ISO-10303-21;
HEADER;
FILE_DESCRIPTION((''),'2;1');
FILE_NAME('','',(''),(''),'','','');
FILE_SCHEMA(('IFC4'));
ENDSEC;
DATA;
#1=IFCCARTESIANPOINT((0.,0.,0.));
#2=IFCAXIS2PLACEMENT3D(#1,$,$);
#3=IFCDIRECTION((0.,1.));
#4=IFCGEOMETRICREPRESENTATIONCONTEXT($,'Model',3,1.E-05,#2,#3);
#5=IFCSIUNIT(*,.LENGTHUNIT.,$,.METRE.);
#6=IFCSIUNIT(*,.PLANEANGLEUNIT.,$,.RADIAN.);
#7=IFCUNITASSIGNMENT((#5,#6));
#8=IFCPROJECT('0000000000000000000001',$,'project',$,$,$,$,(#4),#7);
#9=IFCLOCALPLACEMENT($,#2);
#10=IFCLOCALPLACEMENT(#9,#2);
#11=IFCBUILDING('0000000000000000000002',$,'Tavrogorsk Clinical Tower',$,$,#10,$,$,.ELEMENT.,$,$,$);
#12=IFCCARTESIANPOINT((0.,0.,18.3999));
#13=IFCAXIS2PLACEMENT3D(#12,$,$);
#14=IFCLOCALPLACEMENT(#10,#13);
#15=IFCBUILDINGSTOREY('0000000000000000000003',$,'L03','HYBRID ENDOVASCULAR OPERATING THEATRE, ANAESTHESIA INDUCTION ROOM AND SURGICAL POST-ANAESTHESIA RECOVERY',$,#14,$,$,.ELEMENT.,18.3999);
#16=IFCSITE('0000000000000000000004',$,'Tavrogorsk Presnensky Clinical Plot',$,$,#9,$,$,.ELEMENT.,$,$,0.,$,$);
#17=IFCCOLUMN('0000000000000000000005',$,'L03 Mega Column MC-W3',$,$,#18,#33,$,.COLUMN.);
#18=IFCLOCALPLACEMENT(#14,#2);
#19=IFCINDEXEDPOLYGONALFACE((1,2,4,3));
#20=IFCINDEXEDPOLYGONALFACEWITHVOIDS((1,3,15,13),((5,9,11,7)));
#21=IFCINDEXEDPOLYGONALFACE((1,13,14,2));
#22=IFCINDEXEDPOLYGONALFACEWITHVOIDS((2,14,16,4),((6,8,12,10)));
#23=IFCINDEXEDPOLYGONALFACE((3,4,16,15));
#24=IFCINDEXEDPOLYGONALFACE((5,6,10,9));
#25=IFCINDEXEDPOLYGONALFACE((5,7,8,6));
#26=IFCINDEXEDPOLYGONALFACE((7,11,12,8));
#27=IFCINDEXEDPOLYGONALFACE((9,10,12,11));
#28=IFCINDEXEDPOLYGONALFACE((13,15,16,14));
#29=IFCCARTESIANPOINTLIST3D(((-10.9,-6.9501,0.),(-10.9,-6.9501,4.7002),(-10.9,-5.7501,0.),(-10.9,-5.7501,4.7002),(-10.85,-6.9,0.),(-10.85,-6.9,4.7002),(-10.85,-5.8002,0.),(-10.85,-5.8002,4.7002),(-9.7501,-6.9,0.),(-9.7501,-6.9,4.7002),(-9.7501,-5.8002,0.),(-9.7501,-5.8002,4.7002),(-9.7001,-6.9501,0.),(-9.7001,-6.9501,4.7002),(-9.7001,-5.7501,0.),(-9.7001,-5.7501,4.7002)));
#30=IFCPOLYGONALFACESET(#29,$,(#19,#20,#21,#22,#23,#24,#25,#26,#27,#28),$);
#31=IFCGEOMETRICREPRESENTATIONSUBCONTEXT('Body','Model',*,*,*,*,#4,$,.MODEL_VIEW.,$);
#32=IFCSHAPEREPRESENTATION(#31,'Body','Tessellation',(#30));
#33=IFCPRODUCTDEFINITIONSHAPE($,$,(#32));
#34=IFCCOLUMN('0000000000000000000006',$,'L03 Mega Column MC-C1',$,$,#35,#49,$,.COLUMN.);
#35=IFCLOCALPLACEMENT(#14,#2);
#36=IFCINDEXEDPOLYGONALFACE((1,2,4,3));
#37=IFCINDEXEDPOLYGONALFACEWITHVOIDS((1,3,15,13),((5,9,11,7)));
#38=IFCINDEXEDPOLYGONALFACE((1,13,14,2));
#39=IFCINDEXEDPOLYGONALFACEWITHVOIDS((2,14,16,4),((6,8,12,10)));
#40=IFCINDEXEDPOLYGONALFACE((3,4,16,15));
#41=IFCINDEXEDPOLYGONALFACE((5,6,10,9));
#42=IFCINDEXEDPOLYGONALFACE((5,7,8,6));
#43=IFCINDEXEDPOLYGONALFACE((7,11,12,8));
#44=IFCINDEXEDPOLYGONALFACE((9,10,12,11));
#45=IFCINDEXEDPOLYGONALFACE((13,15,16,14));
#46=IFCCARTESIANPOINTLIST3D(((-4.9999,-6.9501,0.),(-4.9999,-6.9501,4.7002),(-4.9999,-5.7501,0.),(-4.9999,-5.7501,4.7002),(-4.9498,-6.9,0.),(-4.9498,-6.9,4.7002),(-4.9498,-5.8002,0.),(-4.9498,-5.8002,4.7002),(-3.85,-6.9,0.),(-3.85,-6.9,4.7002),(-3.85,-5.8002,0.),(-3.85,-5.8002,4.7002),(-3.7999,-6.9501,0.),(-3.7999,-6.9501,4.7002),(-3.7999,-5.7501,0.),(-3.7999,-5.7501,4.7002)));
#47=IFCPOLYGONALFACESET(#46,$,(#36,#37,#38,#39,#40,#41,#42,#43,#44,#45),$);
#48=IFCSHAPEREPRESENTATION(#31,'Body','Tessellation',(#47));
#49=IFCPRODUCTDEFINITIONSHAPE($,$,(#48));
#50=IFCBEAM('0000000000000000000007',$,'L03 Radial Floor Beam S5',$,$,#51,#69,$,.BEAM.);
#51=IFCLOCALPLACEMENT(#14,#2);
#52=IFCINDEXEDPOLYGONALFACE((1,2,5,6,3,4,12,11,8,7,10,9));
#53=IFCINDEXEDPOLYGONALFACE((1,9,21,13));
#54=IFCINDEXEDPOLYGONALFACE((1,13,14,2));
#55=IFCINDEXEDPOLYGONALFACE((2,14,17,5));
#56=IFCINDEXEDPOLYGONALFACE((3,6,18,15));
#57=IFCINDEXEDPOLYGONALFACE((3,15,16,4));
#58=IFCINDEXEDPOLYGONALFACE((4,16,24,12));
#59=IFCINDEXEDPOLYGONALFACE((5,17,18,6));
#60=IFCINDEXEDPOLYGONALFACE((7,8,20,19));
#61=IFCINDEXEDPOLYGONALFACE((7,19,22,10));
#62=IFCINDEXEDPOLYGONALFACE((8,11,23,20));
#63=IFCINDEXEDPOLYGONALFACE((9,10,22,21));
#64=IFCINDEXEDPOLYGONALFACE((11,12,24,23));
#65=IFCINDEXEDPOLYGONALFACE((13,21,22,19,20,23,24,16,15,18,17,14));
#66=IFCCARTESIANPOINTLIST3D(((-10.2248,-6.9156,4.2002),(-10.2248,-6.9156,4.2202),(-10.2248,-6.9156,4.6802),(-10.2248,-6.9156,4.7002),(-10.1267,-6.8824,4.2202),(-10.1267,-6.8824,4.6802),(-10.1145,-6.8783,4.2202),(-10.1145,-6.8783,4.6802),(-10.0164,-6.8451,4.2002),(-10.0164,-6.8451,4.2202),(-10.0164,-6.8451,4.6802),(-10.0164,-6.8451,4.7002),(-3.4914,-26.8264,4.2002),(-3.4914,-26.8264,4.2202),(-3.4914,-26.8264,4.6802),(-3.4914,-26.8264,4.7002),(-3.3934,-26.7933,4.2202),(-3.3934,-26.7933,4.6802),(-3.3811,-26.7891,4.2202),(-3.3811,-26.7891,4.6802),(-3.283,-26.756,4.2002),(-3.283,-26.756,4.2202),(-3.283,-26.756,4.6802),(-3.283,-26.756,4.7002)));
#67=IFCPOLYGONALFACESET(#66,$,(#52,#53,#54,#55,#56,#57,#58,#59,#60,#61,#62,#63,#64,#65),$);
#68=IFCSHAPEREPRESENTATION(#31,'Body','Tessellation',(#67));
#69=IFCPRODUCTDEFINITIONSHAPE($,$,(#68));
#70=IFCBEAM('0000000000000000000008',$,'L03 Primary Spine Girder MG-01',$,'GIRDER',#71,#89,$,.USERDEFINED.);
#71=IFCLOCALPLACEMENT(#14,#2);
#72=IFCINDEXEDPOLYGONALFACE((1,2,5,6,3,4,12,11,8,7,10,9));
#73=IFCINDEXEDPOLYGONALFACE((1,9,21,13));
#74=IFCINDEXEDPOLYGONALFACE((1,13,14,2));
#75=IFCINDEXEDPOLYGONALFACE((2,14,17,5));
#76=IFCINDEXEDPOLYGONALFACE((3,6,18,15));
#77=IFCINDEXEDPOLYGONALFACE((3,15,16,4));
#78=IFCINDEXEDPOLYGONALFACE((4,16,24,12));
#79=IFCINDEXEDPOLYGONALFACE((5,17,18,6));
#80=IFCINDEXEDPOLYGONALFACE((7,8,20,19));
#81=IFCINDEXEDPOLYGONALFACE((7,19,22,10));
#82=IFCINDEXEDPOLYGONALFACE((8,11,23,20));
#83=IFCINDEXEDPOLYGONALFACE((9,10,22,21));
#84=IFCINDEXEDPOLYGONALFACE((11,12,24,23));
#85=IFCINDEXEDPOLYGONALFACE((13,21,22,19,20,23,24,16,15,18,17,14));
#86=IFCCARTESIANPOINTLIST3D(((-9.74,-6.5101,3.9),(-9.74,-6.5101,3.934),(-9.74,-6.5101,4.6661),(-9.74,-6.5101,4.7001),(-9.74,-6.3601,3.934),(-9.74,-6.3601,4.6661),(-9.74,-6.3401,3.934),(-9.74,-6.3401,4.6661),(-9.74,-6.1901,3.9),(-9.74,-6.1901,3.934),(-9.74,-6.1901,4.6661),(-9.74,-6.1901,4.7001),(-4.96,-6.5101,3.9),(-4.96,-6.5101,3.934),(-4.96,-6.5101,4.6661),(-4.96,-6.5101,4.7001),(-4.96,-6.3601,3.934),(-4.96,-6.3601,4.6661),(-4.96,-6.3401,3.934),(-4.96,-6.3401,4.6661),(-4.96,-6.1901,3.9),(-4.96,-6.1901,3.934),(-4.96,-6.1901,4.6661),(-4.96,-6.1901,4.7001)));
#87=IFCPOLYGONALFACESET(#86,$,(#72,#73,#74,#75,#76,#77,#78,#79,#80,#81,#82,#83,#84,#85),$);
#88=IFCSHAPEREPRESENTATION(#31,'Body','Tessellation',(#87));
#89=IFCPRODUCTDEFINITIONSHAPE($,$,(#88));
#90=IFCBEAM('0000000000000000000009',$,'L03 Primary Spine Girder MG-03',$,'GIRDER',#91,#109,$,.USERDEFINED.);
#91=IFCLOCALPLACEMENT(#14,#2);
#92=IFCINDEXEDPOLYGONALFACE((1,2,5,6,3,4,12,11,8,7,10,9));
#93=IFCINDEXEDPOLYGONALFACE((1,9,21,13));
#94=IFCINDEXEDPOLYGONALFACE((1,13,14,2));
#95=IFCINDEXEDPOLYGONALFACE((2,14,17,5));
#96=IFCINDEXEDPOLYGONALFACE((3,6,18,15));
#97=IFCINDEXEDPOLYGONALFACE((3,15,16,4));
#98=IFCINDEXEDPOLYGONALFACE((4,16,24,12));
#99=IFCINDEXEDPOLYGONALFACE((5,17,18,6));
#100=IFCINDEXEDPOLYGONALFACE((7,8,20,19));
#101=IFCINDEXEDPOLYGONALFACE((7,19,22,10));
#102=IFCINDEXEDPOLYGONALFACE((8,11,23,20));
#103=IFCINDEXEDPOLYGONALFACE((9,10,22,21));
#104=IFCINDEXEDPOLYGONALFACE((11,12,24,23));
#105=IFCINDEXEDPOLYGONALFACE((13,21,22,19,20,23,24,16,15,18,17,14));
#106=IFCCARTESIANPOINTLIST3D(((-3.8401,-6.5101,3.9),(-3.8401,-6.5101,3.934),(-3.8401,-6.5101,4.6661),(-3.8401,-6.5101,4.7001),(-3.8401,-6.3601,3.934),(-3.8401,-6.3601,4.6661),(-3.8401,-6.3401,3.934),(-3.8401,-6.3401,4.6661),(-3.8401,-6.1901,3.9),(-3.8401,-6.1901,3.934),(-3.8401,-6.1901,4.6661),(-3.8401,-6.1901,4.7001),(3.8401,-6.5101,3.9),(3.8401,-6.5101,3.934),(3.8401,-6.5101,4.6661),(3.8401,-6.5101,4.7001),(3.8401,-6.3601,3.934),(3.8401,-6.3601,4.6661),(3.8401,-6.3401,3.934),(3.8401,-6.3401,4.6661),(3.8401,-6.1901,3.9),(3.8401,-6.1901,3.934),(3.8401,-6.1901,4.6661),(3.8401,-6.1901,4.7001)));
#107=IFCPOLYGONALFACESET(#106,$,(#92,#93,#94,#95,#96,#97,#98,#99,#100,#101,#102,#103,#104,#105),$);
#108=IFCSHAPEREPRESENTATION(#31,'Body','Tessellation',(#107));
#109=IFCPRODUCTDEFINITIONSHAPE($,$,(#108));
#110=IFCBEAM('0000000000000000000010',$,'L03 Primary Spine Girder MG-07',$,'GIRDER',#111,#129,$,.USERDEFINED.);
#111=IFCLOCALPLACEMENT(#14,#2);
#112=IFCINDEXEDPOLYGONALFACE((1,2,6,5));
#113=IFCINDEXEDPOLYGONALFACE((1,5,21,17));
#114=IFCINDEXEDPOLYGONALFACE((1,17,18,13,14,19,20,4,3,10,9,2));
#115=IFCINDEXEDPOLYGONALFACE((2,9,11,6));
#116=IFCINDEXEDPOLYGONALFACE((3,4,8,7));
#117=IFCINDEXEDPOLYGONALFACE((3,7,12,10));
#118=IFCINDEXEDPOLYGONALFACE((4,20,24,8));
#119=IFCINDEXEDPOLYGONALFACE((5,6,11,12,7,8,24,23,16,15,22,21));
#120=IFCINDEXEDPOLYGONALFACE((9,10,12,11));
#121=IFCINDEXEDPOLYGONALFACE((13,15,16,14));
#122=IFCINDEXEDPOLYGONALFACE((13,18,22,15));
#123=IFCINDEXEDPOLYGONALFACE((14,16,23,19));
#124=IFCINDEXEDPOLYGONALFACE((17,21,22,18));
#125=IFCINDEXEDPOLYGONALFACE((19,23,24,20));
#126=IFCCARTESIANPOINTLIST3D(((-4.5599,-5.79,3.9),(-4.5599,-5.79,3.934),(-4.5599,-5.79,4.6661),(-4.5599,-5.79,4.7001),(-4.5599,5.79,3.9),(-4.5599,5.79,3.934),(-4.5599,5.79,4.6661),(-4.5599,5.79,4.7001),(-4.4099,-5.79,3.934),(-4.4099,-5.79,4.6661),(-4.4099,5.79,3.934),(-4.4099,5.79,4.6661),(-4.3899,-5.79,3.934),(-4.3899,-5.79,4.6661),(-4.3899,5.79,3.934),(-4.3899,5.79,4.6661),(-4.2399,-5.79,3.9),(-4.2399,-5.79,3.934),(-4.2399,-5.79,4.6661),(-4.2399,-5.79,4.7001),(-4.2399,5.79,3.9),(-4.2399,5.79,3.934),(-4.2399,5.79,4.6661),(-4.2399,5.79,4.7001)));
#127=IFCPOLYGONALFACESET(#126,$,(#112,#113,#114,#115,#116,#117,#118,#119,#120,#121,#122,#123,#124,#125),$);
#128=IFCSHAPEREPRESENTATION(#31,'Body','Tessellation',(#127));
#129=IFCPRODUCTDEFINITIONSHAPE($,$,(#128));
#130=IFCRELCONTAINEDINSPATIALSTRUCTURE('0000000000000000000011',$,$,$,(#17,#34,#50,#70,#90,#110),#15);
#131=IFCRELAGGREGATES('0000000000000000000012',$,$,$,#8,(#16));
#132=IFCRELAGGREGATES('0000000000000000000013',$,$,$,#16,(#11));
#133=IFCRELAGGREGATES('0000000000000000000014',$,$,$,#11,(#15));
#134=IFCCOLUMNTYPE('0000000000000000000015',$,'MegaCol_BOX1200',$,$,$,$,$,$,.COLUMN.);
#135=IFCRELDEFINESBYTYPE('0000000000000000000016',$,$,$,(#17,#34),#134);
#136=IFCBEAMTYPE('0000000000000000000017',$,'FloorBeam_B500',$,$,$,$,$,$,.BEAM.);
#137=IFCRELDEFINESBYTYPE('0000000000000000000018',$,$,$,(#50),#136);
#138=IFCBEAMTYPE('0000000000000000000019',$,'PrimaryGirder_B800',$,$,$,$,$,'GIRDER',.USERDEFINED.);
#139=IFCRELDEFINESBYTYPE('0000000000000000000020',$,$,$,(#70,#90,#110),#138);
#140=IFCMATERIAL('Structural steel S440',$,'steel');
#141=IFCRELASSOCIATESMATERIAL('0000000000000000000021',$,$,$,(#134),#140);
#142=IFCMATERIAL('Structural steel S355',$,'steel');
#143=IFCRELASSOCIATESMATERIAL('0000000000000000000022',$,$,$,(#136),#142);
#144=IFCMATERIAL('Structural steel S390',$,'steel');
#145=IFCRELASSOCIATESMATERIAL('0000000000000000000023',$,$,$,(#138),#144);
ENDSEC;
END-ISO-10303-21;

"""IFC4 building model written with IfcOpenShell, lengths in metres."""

from ifc_helpers import new_model, si_unit, direction, frame, origin, origin_2d, place, context, subcontext, project, spatial, hollow_rectangle, i_section, extrude, material, material_profile, profile_set, type_object, element, save


model = new_model("IFC4")

# Units and contexts
model_context = context("Model", 3, precision=1e-05, world=origin(), true_north=direction((0.0, 1.0)))
body_context = subcontext(model_context, "Body", "Model", "MODEL_VIEW")
ifc_project = project(units=[si_unit("LENGTHUNIT", "METRE"), si_unit("PLANEANGLEUNIT", "RADIAN")], contexts=[model_context])

# Site, building, storey
site_placement = place(None, origin())
site = spatial("IfcSite", under=ifc_project, at=site_placement, Name="Tavrogorsk Presnensky Clinical Plot", CompositionType="ELEMENT", RefElevation=0.0)
building_placement = place(site_placement, origin())
building = spatial("IfcBuilding", under=site, at=building_placement, Name="Tavrogorsk Clinical Tower", CompositionType="ELEMENT")
storey_placement = place(building_placement, frame((0.0, 0.0, 18.3999)))
storey = spatial("IfcBuildingStorey", under=building, at=storey_placement, Name="L03", Description="HYBRID ENDOVASCULAR OPERATING THEATRE, ANAESTHESIA INDUCTION ROOM AND SURGICAL POST-ANAESTHESIA RECOVERY", CompositionType="ELEMENT", Elevation=18.3999)

# Columns
ifc_material_1 = material(Name="Structural steel S440", Category="steel")
ifc_material_profile_1 = material_profile(ifc_material_1, hollow_rectangle(XDim=1.2, YDim=1.2, WallThickness=0.05, at=origin_2d()), Name="BOX-1200x1200x50")
ifc_profile_set_1 = profile_set([ifc_material_profile_1], Name="Structural steel S440")
column_type = type_object("IfcColumnType", Name="MegaCol_BOX1200", PredefinedType="COLUMN", material=ifc_profile_set_1)
for number, where, z_axis, x_axis, name in (
    (1, (-10.3, -6.3501, 0.0), (0.0, 0.0, 1.0), (1.0, 0.0, 0.0), "L03 Mega Column MC-W3"),
    (2, (-4.3999, -6.3501, 0.0), (0.0, 0.0, 1.0), (1.0, 0.0, 0.0), "L03 Mega Column MC-C1"),
):
    element("IfcColumn", number, at=place(storey_placement, frame(where, z_axis=z_axis, x_axis=x_axis)), inside=storey, type_object=column_type, Name=name, PredefinedType="COLUMN", context=body_context, shape_type="SweptSolid", body=[
        extrude(hollow_rectangle(XDim=1.2, YDim=1.2, WallThickness=0.05, at=origin_2d()), origin(), (0.0, 0.0, 1.0), 4.7002),
    ])

# Beams
ifc_material_2 = material(Name="Structural steel S355", Category="steel")
ifc_material_profile_2 = material_profile(ifc_material_2, i_section(OverallWidth=0.22, OverallDepth=0.5, WebThickness=0.0129, FlangeThickness=0.02, at=origin_2d()), Name="B-500x220x13x20")
ifc_profile_set_2 = profile_set([ifc_material_profile_2], Name="Structural steel S355")
beam_type_1 = type_object("IfcBeamType", Name="FloorBeam_B500", PredefinedType="BEAM", material=ifc_profile_set_2)
beam_1_placement = place(storey_placement, frame((-10.1206, -6.8804, 4.4502), z_axis=(0.320354, -0.947298, 0.0), x_axis=(0.947298, 0.320354, 0.0)))
element("IfcBeam", 3, at=beam_1_placement, inside=storey, type_object=beam_type_1, Name="L03 Radial Floor Beam S5", PredefinedType="BEAM", context=body_context, shape_type="SweptSolid", body=[
    extrude(i_section(OverallWidth=0.22, OverallDepth=0.5, WebThickness=0.0129, FlangeThickness=0.02, at=origin_2d()), origin(), (0.0, 0.0, 1.0), 21.0186),
])
ifc_material_3 = material(Name="Structural steel S390", Category="steel")
ifc_material_profile_3 = material_profile(ifc_material_3, i_section(OverallWidth=0.3201, OverallDepth=0.8, WebThickness=0.02, FlangeThickness=0.0339, at=origin_2d()), Name="B-800x320x20x34")
ifc_profile_set_3 = profile_set([ifc_material_profile_3], Name="Structural steel S390")
beam_type_2 = type_object("IfcBeamType", Name="PrimaryGirder_B800", ElementType="GIRDER", PredefinedType="USERDEFINED", material=ifc_profile_set_3)
beam_2_placement = place(storey_placement, frame((-9.74, -6.3501, 4.3), z_axis=(1.0, 0.0, 0.0), x_axis=(0.0, 1.0, 0.0)))
element("IfcBeam", 4, at=beam_2_placement, inside=storey, type_object=beam_type_2, Name="L03 Primary Spine Girder MG-01", ObjectType="GIRDER", PredefinedType="USERDEFINED", context=body_context, shape_type="SweptSolid", body=[
    extrude(i_section(OverallWidth=0.3201, OverallDepth=0.8, WebThickness=0.02, FlangeThickness=0.0339, at=origin_2d()), origin(), (0.0, 0.0, 1.0), 4.78),
])
beam_3_placement = place(storey_placement, frame((-3.8401, -6.3501, 4.3), z_axis=(1.0, 0.0, 0.0), x_axis=(0.0, 1.0, 0.0)))
element("IfcBeam", 5, at=beam_3_placement, inside=storey, type_object=beam_type_2, Name="L03 Primary Spine Girder MG-03", ObjectType="GIRDER", PredefinedType="USERDEFINED", context=body_context, shape_type="SweptSolid", body=[
    extrude(i_section(OverallWidth=0.3201, OverallDepth=0.8, WebThickness=0.02, FlangeThickness=0.0339, at=origin_2d()), origin(), (0.0, 0.0, 1.0), 7.6802),
])
beam_4_placement = place(storey_placement, frame((-4.3999, -5.79, 4.3), z_axis=(0.0, 1.0, 0.0), x_axis=(-1.0, 0.0, 0.0)))
element("IfcBeam", 6, at=beam_4_placement, inside=storey, type_object=beam_type_2, Name="L03 Primary Spine Girder MG-07", ObjectType="GIRDER", PredefinedType="USERDEFINED", context=body_context, shape_type="SweptSolid", body=[
    extrude(i_section(OverallWidth=0.3201, OverallDepth=0.8, WebThickness=0.02, FlangeThickness=0.0339, at=origin_2d()), origin(), (0.0, 0.0, 1.0), 11.5801),
])

save(model, "model.ifc")
